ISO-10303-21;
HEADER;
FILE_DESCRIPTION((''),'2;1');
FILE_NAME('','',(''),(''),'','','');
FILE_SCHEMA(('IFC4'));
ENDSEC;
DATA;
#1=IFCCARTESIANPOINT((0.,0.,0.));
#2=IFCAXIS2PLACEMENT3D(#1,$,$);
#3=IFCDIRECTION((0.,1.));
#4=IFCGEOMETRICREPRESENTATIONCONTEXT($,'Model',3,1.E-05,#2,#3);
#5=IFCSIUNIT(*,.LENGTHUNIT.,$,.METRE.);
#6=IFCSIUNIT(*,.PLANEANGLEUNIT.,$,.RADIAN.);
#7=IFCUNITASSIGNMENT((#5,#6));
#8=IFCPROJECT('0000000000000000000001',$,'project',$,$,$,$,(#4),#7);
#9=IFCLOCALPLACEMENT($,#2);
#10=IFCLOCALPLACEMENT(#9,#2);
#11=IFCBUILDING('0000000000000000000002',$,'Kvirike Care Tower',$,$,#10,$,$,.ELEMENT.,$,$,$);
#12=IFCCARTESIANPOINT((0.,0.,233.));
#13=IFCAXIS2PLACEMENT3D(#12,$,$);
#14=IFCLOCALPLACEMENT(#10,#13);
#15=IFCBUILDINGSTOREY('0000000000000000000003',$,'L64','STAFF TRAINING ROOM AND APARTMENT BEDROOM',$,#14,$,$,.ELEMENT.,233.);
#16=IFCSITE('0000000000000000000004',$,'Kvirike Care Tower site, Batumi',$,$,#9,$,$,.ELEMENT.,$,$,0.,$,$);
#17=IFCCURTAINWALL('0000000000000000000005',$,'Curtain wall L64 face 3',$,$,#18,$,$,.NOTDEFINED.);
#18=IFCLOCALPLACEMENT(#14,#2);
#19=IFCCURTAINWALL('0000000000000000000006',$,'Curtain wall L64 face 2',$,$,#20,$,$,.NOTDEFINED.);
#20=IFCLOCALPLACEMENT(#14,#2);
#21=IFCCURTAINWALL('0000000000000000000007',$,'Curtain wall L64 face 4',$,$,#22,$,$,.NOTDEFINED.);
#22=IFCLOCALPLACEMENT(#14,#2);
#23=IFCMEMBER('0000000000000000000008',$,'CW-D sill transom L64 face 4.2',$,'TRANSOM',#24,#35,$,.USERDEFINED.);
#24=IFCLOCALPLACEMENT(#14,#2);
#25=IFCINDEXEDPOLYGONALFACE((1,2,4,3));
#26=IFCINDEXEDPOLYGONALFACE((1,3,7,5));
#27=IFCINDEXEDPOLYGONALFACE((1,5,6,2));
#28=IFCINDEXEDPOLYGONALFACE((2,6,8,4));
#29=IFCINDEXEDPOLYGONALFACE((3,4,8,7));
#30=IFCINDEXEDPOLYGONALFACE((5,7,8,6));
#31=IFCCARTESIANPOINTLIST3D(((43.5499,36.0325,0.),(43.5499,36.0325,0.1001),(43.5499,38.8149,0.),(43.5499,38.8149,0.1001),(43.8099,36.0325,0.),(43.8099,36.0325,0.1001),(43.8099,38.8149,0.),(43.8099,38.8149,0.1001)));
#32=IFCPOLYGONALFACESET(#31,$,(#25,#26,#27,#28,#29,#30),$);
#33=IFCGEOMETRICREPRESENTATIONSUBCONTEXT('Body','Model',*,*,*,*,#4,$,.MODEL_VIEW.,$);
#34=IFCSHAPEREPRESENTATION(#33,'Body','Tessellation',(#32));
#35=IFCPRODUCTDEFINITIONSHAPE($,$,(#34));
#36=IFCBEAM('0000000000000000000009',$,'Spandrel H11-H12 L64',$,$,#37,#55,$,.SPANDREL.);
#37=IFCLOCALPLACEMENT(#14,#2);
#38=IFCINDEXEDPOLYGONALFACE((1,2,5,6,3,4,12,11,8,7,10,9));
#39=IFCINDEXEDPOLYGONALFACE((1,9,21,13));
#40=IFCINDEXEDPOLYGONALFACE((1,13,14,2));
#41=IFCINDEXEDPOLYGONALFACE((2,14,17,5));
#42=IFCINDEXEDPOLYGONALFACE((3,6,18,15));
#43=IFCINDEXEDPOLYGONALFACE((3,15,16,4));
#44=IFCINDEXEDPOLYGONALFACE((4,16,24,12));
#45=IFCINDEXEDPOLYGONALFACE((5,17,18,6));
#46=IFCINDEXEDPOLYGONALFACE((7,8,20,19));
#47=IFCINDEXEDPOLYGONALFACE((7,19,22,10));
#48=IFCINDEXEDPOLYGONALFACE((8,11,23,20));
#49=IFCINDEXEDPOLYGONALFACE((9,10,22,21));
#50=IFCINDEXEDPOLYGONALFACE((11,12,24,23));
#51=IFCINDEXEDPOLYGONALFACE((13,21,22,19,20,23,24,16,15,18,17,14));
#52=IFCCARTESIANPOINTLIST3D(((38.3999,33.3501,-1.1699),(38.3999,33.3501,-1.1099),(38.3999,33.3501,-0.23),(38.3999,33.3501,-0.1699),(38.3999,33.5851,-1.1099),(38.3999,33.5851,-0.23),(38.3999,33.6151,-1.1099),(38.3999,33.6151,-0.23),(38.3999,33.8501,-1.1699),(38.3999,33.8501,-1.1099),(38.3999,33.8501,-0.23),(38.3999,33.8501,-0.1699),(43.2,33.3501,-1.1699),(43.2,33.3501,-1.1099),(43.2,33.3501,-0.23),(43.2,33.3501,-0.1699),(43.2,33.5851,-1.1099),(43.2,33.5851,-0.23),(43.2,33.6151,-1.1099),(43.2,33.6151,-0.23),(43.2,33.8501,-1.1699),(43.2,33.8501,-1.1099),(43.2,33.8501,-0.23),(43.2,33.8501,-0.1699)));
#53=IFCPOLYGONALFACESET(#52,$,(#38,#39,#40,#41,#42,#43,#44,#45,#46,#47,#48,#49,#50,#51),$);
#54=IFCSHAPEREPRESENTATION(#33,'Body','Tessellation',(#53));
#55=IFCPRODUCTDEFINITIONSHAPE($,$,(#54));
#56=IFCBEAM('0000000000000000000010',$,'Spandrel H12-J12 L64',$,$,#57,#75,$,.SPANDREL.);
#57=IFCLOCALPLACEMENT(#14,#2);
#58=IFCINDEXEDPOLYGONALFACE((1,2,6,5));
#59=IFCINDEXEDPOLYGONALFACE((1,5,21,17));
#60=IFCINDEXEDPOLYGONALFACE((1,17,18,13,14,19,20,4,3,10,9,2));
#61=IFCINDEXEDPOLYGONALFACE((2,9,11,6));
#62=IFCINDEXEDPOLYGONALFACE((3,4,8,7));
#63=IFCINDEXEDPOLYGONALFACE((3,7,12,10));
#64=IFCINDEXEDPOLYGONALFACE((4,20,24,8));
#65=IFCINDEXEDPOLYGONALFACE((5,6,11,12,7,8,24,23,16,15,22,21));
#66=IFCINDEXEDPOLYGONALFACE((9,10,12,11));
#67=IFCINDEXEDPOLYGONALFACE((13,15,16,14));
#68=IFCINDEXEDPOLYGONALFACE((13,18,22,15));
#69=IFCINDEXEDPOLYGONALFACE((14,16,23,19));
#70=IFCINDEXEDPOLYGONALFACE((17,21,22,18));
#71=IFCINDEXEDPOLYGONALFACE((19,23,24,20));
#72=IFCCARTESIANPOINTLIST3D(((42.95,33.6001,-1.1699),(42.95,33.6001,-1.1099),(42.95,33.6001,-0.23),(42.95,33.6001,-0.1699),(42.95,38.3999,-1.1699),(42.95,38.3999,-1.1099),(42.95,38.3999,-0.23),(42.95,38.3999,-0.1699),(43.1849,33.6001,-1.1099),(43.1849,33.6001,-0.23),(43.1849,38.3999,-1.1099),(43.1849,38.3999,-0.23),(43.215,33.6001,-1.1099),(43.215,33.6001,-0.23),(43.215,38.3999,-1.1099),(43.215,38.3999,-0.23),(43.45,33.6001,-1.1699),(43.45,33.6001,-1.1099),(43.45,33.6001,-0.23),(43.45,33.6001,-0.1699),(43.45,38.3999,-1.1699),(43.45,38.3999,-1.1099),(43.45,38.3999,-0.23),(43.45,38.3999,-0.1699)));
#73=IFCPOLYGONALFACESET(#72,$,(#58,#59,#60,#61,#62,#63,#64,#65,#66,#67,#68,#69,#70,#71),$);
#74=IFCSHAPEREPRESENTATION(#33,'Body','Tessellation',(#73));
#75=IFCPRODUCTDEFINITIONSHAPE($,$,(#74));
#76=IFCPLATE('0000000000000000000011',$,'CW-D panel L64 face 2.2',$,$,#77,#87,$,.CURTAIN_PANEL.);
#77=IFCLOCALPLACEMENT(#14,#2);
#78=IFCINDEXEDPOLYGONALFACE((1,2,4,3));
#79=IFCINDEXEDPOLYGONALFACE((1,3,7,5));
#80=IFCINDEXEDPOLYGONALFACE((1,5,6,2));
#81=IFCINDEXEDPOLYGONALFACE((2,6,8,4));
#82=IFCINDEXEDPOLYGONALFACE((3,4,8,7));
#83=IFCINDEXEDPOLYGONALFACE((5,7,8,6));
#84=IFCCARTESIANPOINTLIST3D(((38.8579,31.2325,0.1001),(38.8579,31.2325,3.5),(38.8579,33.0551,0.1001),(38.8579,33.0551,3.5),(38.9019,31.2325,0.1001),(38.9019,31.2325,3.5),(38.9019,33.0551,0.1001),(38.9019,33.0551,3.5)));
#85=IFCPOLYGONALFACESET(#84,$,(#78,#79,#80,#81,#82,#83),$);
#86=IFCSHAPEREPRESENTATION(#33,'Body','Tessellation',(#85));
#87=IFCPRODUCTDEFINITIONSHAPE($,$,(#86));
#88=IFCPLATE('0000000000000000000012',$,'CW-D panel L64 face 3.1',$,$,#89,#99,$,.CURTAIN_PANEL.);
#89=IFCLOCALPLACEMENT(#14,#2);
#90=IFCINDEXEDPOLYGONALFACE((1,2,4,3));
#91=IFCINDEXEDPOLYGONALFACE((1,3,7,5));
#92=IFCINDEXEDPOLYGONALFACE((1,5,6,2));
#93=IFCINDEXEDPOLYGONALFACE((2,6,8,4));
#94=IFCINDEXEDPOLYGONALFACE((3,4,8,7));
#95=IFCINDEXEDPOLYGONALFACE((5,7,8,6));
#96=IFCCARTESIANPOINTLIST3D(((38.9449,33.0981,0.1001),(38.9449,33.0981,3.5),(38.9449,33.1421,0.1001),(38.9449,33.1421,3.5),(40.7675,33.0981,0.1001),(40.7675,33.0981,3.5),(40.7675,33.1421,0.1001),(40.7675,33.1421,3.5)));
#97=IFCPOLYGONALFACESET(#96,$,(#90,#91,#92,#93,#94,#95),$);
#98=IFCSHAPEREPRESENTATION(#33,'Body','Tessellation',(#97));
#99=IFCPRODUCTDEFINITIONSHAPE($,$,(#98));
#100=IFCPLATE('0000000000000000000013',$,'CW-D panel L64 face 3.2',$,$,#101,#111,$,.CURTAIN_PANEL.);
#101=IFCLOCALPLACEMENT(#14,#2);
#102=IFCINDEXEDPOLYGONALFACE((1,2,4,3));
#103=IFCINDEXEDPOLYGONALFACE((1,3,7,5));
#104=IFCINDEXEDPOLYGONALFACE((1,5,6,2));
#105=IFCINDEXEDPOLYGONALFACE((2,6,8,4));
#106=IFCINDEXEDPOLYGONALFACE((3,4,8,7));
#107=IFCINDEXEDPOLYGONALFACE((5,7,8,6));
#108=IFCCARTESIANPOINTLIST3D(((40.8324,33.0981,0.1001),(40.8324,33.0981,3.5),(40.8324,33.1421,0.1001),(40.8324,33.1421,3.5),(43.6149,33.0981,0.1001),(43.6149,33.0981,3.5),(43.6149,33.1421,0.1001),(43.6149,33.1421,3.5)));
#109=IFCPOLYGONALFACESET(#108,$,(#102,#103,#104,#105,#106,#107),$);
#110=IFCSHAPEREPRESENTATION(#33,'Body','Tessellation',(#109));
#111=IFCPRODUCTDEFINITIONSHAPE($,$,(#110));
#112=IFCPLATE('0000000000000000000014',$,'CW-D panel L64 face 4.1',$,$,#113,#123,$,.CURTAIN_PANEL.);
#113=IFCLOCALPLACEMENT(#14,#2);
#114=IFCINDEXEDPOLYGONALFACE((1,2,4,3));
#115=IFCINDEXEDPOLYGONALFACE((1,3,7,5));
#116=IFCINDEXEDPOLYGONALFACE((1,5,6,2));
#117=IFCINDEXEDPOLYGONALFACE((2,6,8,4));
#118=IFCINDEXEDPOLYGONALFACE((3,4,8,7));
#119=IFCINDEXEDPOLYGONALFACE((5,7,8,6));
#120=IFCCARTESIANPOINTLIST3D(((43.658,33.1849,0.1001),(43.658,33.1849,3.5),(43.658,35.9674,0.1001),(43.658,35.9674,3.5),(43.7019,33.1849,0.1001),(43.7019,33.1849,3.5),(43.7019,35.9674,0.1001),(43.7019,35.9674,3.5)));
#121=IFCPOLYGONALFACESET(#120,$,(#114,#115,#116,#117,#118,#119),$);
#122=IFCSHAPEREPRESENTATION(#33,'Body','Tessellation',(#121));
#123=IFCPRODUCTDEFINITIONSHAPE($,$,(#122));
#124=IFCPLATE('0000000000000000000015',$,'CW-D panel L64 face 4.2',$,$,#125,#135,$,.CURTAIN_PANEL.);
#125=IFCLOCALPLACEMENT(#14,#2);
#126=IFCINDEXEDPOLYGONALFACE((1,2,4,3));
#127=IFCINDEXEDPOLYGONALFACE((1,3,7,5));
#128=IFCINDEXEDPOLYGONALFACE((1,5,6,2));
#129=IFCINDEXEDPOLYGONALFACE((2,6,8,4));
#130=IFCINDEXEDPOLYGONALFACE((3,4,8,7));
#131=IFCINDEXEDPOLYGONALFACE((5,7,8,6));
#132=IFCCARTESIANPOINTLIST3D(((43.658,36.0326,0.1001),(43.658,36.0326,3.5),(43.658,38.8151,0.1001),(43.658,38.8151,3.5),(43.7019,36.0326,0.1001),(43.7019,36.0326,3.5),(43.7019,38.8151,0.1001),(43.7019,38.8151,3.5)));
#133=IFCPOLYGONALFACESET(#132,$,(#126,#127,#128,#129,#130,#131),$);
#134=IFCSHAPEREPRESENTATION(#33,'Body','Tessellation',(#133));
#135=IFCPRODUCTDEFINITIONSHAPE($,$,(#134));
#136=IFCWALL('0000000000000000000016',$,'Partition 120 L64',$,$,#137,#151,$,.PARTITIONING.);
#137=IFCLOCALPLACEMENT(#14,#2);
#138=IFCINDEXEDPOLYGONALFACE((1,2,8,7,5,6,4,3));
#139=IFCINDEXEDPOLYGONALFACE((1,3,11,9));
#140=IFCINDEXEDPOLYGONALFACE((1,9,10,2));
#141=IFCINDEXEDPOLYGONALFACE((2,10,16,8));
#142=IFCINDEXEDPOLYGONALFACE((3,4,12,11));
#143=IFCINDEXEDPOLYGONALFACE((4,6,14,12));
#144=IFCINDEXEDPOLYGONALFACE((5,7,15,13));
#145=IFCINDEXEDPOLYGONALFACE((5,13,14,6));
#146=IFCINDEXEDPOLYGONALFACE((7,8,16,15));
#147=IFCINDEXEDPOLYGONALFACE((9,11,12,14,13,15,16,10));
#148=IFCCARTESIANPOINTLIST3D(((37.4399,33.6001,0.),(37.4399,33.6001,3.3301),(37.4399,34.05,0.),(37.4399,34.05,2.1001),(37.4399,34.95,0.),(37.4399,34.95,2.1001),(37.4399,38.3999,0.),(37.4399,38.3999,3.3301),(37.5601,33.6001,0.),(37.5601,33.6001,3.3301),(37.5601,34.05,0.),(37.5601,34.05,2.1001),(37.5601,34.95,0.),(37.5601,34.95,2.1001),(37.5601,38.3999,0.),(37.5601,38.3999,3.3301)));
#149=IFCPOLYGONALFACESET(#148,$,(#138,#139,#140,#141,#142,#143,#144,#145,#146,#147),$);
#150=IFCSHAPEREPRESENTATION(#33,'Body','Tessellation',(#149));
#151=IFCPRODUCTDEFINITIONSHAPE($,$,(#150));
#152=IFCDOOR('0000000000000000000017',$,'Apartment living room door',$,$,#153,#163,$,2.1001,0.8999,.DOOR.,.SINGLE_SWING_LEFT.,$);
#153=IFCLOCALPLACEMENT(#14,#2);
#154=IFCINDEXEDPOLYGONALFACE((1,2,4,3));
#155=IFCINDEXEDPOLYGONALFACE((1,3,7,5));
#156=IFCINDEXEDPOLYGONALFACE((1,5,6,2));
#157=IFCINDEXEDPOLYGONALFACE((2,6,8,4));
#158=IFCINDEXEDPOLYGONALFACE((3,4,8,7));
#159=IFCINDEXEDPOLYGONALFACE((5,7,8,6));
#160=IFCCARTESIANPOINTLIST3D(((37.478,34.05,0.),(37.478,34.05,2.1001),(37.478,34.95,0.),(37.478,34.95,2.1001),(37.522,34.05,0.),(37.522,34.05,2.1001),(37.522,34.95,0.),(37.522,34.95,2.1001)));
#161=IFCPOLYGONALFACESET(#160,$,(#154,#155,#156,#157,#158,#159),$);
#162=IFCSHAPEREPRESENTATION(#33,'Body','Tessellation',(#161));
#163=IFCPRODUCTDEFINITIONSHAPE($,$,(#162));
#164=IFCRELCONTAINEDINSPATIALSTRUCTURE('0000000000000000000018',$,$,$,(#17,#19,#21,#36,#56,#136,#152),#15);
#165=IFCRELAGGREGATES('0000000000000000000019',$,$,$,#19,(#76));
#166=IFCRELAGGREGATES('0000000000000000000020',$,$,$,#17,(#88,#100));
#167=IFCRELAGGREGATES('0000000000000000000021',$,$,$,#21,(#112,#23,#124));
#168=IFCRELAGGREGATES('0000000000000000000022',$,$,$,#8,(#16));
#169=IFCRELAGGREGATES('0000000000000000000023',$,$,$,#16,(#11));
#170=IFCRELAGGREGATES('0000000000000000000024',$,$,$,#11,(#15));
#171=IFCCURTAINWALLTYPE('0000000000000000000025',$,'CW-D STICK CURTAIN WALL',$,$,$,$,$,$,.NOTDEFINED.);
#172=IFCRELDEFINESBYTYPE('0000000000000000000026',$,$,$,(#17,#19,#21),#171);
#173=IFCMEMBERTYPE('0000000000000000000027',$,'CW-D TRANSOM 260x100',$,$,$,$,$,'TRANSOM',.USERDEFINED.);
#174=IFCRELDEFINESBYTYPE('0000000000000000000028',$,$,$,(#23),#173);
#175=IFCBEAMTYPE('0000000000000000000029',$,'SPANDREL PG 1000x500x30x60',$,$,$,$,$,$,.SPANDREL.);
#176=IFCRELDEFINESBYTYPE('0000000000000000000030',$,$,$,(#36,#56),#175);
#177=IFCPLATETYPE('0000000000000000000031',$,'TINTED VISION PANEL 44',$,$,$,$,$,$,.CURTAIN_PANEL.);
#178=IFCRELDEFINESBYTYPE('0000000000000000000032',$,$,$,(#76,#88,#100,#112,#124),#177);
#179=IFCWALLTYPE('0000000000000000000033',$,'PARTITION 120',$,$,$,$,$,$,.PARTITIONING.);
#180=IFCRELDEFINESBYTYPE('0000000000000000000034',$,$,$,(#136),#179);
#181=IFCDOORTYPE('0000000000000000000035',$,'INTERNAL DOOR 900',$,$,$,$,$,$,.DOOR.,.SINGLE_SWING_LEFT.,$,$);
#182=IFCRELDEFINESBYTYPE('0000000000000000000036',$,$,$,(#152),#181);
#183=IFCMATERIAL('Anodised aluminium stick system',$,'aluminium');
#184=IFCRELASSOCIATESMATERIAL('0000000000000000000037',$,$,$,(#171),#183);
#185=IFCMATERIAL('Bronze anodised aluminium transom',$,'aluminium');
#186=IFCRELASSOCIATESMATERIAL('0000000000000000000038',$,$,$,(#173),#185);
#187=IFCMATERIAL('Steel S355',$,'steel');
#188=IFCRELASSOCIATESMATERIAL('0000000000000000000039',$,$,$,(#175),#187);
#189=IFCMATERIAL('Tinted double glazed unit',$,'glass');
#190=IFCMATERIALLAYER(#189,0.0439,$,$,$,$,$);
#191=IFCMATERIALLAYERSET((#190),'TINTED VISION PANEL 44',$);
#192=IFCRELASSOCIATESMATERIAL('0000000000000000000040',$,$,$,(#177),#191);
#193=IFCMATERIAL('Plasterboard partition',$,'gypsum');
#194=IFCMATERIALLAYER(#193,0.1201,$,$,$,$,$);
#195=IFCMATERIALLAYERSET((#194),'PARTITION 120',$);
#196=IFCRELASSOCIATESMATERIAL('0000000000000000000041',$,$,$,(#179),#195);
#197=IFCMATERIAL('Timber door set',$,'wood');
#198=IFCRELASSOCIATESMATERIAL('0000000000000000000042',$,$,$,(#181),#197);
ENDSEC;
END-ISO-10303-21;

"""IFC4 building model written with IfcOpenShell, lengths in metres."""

from ifc_helpers import new_model, si_unit, direction, frame, frame_2d, origin, origin_2d, place, context, subcontext, project, spatial, rectangle, i_section, extrude, material, layer, layer_set, material_profile, profile_set, type_object, element, fill, aggregate, save


model = new_model("IFC4")

# Units and contexts
model_context = context("Model", 3, precision=1e-05, world=origin(), true_north=direction((0.0, 1.0)))
body_context = subcontext(model_context, "Body", "Model", "MODEL_VIEW")
ifc_project = project(units=[si_unit("LENGTHUNIT", "METRE"), si_unit("PLANEANGLEUNIT", "RADIAN")], contexts=[model_context])

# Site, building, storey
site_placement = place(None, origin())
site = spatial("IfcSite", under=ifc_project, at=site_placement, Name="Kvirike Care Tower site, Batumi", CompositionType="ELEMENT", RefElevation=0.0)
building_placement = place(site_placement, origin())
building = spatial("IfcBuilding", under=site, at=building_placement, Name="Kvirike Care Tower", CompositionType="ELEMENT")
storey_placement = place(building_placement, frame((0.0, 0.0, 233.0)))
storey = spatial("IfcBuildingStorey", under=building, at=storey_placement, Name="L64", Description="STAFF TRAINING ROOM AND APARTMENT BEDROOM", CompositionType="ELEMENT", Elevation=233.0)

# Curtain walls
ifc_material_1 = material(Name="Anodised aluminium stick system", Category="aluminium")
curtain_wall_type = type_object("IfcCurtainWallType", Name="CW-D STICK CURTAIN WALL", PredefinedType="NOTDEFINED", material=ifc_material_1)
curtain_wall_1_placement = place(storey_placement, origin())
curtain_wall_1 = element("IfcCurtainWall", 1, at=curtain_wall_1_placement, inside=storey, type_object=curtain_wall_type, Name="Curtain wall L64 face 3", PredefinedType="NOTDEFINED")
curtain_wall_2_placement = place(storey_placement, origin())
curtain_wall_2 = element("IfcCurtainWall", 2, at=curtain_wall_2_placement, inside=storey, type_object=curtain_wall_type, Name="Curtain wall L64 face 2", PredefinedType="NOTDEFINED")

# Curtain wall
curtain_wall_3_placement = place(storey_placement, origin())
curtain_wall_3 = element("IfcCurtainWall", 3, at=curtain_wall_3_placement, inside=storey, type_object=curtain_wall_type, Name="Curtain wall L64 face 4", PredefinedType="NOTDEFINED")

# Member
ifc_material_2 = material(Name="Bronze anodised aluminium transom", Category="aluminium")
ifc_material_profile_1 = material_profile(ifc_material_2, rectangle(XDim=0.26, YDim=0.1001, at=origin_2d()), Name="CW-D TRANSOM 260x100")
ifc_profile_set_1 = profile_set([ifc_material_profile_1], Name="Bronze anodised aluminium transom")
member_type_1 = type_object("IfcMemberType", Name="CW-D TRANSOM 260x100", ElementType="TRANSOM", PredefinedType="USERDEFINED", material=ifc_profile_set_1)
member_1_placement = place(storey_placement, frame((43.6799, 36.0325, 0.05), z_axis=(0.0, 1.0, 0.0), x_axis=(-1.0, 0.0, 0.0)))
member_1 = element("IfcMember", 4, at=member_1_placement, type_object=member_type_1, Name="CW-D sill transom L64 face 4.2", ObjectType="TRANSOM", PredefinedType="USERDEFINED", context=body_context, shape_type="SweptSolid", body=[
    extrude(rectangle(XDim=0.26, YDim=0.1001, at=origin_2d()), origin(), (0.0, 0.0, 1.0), 2.7825),
])

# Beams
ifc_material_3 = material(Name="Steel S355", Category="steel")
ifc_material_profile_2 = material_profile(ifc_material_3, i_section(OverallWidth=0.5, OverallDepth=1.0, WebThickness=0.03, FlangeThickness=0.0601, at=origin_2d()), Name="PG 1000x500x30x60")
ifc_profile_set_2 = profile_set([ifc_material_profile_2], Name="Steel S355")
beam_type = type_object("IfcBeamType", Name="SPANDREL PG 1000x500x30x60", PredefinedType="SPANDREL", material=ifc_profile_set_2)
beam_1_placement = place(storey_placement, frame((38.3999, 33.6001, -0.6699), z_axis=(1.0, 0.0, 0.0), x_axis=(0.0, 1.0, 0.0)))
element("IfcBeam", 5, at=beam_1_placement, inside=storey, type_object=beam_type, Name="Spandrel H11-H12 L64", PredefinedType="SPANDREL", context=body_context, shape_type="SweptSolid", body=[
    extrude(i_section(OverallWidth=0.5, OverallDepth=1.0, WebThickness=0.03, FlangeThickness=0.0601, at=origin_2d()), origin(), (0.0, 0.0, 1.0), 4.8),
])
beam_2_placement = place(storey_placement, frame((43.2, 33.6001, -0.6699), z_axis=(0.0, 1.0, 0.0), x_axis=(-1.0, 0.0, 0.0)))
element("IfcBeam", 6, at=beam_2_placement, inside=storey, type_object=beam_type, Name="Spandrel H12-J12 L64", PredefinedType="SPANDREL", context=body_context, shape_type="SweptSolid", body=[
    extrude(i_section(OverallWidth=0.5, OverallDepth=1.0, WebThickness=0.03, FlangeThickness=0.0601, at=origin_2d()), origin(), (0.0, 0.0, 1.0), 4.7998),
])

# Plates
ifc_material_4 = material(Name="Tinted double glazed unit", Category="glass")
ifc_layer_1 = layer(ifc_material_4, 0.0439)
ifc_layer_set_1 = layer_set([ifc_layer_1], Name="TINTED VISION PANEL 44")
plate_type = type_object("IfcPlateType", Name="TINTED VISION PANEL 44", PredefinedType="CURTAIN_PANEL", material=ifc_layer_set_1)
plate_1_placement = place(storey_placement, frame((38.8799, 32.1438, 0.1001), z_axis=(0.0, 0.0, 1.0), x_axis=(0.0, 1.0, 0.0)))
plate_1 = element("IfcPlate", 7, at=plate_1_placement, type_object=plate_type, Name="CW-D panel L64 face 2.2", PredefinedType="CURTAIN_PANEL", context=body_context, shape_type="SweptSolid", body=[
    extrude(rectangle(XDim=1.8225, YDim=0.0439, at=origin_2d()), origin(), (0.0, 0.0, 1.0), 3.3999),
])
aggregate(curtain_wall_2, [plate_1])
plate_2_placement = place(storey_placement, frame((39.8562, 33.1201, 0.1001), z_axis=(0.0, 0.0, 1.0), x_axis=(1.0, 0.0, 0.0)))
plate_2 = element("IfcPlate", 8, at=plate_2_placement, type_object=plate_type, Name="CW-D panel L64 face 3.1", PredefinedType="CURTAIN_PANEL", context=body_context, shape_type="SweptSolid", body=[
    extrude(rectangle(XDim=1.8225, YDim=0.0439, at=origin_2d()), origin(), (0.0, 0.0, 1.0), 3.3999),
])
plate_3_placement = place(storey_placement, frame((42.2236, 33.1201, 0.1001), z_axis=(0.0, 0.0, 1.0), x_axis=(1.0, 0.0, 0.0)))
plate_3 = element("IfcPlate", 9, at=plate_3_placement, type_object=plate_type, Name="CW-D panel L64 face 3.2", PredefinedType="CURTAIN_PANEL", context=body_context, shape_type="SweptSolid", body=[
    extrude(rectangle(XDim=2.7825, YDim=0.0439, at=origin_2d()), origin(), (0.0, 0.0, 1.0), 3.3999),
])
aggregate(curtain_wall_1, [plate_2, plate_3])
plate_4_placement = place(storey_placement, frame((43.6799, 34.5762, 0.1001), z_axis=(0.0, 0.0, 1.0), x_axis=(0.0, 1.0, 0.0)))
plate_4 = element("IfcPlate", 10, at=plate_4_placement, type_object=plate_type, Name="CW-D panel L64 face 4.1", PredefinedType="CURTAIN_PANEL", context=body_context, shape_type="SweptSolid", body=[
    extrude(rectangle(XDim=2.7825, YDim=0.0439, at=origin_2d()), origin(), (0.0, 0.0, 1.0), 3.3999),
])
plate_5_placement = place(storey_placement, frame((43.6799, 37.4238, 0.1001), z_axis=(0.0, 0.0, 1.0), x_axis=(0.0, 1.0, 0.0)))
plate_5 = element("IfcPlate", 11, at=plate_5_placement, type_object=plate_type, Name="CW-D panel L64 face 4.2", PredefinedType="CURTAIN_PANEL", context=body_context, shape_type="SweptSolid", body=[
    extrude(rectangle(XDim=2.7825, YDim=0.0439, at=origin_2d()), origin(), (0.0, 0.0, 1.0), 3.3999),
])
aggregate(curtain_wall_3, [plate_4, member_1, plate_5])

# Wall, opening, door
ifc_material_5 = material(Name="Plasterboard partition", Category="gypsum")
ifc_layer_2 = layer(ifc_material_5, 0.1201)
ifc_layer_set_2 = layer_set([ifc_layer_2], Name="PARTITION 120")
wall_type = type_object("IfcWallType", Name="PARTITION 120", PredefinedType="PARTITIONING", material=ifc_layer_set_2)
wall_1_placement = place(storey_placement, frame((37.5, 33.6001, 0.0), z_axis=(0.0, 0.0, 1.0), x_axis=(0.0, 1.0, 0.0)))
wall_1 = element("IfcWall", 12, at=wall_1_placement, inside=storey, type_object=wall_type, Name="Partition 120 L64", PredefinedType="PARTITIONING", context=body_context, shape_type="SweptSolid", body=[
    extrude(rectangle(XDim=4.7998, YDim=0.1201, at=frame_2d((2.3999, 0.0))), origin(), (0.0, 0.0, 1.0), 3.3301),
])
opening_1_placement = place(wall_1_placement, frame((0.45, 0.0, 0.0)))
opening_1 = element("IfcOpeningElement", 13, at=opening_1_placement, cuts=wall_1, PredefinedType="OPENING", context=body_context, shape_type="SweptSolid", body=[
    extrude(rectangle(XDim=0.8999, YDim=2.1001, at=frame_2d((0.45, 1.05))), frame((0.0, 0.0706, 0.0), z_axis=(0.0, -1.0, 0.0), x_axis=(1.0, 0.0, 0.0)), (0.0, 0.0, 1.0), 0.1411),
])
ifc_material_6 = material(Name="Timber door set", Category="wood")
door_type = type_object("IfcDoorType", Name="INTERNAL DOOR 900", OperationType="SINGLE_SWING_LEFT", PredefinedType="DOOR", material=ifc_material_6)
door_1_placement = place(opening_1_placement, frame((0.8999, 0.0, 0.0), z_axis=(0.0, 0.0, 1.0), x_axis=(-1.0, 0.0, 0.0)))
door_1 = element("IfcDoor", 14, at=door_1_placement, inside=storey, type_object=door_type, Name="Apartment living room door", OperationType="SINGLE_SWING_LEFT", OverallHeight=2.1001, OverallWidth=0.8999, PredefinedType="DOOR", context=body_context, shape_type="SweptSolid", body=[
    extrude(rectangle(XDim=0.8999, YDim=2.1001, at=frame_2d((0.45, 1.05))), frame((0.0, 0.022, 0.0), z_axis=(0.0, -1.0, 0.0), x_axis=(1.0, 0.0, 0.0)), (0.0, 0.0, 1.0), 0.0439),
])
fill(opening_1, door_1)

save(model, "model.ifc")
